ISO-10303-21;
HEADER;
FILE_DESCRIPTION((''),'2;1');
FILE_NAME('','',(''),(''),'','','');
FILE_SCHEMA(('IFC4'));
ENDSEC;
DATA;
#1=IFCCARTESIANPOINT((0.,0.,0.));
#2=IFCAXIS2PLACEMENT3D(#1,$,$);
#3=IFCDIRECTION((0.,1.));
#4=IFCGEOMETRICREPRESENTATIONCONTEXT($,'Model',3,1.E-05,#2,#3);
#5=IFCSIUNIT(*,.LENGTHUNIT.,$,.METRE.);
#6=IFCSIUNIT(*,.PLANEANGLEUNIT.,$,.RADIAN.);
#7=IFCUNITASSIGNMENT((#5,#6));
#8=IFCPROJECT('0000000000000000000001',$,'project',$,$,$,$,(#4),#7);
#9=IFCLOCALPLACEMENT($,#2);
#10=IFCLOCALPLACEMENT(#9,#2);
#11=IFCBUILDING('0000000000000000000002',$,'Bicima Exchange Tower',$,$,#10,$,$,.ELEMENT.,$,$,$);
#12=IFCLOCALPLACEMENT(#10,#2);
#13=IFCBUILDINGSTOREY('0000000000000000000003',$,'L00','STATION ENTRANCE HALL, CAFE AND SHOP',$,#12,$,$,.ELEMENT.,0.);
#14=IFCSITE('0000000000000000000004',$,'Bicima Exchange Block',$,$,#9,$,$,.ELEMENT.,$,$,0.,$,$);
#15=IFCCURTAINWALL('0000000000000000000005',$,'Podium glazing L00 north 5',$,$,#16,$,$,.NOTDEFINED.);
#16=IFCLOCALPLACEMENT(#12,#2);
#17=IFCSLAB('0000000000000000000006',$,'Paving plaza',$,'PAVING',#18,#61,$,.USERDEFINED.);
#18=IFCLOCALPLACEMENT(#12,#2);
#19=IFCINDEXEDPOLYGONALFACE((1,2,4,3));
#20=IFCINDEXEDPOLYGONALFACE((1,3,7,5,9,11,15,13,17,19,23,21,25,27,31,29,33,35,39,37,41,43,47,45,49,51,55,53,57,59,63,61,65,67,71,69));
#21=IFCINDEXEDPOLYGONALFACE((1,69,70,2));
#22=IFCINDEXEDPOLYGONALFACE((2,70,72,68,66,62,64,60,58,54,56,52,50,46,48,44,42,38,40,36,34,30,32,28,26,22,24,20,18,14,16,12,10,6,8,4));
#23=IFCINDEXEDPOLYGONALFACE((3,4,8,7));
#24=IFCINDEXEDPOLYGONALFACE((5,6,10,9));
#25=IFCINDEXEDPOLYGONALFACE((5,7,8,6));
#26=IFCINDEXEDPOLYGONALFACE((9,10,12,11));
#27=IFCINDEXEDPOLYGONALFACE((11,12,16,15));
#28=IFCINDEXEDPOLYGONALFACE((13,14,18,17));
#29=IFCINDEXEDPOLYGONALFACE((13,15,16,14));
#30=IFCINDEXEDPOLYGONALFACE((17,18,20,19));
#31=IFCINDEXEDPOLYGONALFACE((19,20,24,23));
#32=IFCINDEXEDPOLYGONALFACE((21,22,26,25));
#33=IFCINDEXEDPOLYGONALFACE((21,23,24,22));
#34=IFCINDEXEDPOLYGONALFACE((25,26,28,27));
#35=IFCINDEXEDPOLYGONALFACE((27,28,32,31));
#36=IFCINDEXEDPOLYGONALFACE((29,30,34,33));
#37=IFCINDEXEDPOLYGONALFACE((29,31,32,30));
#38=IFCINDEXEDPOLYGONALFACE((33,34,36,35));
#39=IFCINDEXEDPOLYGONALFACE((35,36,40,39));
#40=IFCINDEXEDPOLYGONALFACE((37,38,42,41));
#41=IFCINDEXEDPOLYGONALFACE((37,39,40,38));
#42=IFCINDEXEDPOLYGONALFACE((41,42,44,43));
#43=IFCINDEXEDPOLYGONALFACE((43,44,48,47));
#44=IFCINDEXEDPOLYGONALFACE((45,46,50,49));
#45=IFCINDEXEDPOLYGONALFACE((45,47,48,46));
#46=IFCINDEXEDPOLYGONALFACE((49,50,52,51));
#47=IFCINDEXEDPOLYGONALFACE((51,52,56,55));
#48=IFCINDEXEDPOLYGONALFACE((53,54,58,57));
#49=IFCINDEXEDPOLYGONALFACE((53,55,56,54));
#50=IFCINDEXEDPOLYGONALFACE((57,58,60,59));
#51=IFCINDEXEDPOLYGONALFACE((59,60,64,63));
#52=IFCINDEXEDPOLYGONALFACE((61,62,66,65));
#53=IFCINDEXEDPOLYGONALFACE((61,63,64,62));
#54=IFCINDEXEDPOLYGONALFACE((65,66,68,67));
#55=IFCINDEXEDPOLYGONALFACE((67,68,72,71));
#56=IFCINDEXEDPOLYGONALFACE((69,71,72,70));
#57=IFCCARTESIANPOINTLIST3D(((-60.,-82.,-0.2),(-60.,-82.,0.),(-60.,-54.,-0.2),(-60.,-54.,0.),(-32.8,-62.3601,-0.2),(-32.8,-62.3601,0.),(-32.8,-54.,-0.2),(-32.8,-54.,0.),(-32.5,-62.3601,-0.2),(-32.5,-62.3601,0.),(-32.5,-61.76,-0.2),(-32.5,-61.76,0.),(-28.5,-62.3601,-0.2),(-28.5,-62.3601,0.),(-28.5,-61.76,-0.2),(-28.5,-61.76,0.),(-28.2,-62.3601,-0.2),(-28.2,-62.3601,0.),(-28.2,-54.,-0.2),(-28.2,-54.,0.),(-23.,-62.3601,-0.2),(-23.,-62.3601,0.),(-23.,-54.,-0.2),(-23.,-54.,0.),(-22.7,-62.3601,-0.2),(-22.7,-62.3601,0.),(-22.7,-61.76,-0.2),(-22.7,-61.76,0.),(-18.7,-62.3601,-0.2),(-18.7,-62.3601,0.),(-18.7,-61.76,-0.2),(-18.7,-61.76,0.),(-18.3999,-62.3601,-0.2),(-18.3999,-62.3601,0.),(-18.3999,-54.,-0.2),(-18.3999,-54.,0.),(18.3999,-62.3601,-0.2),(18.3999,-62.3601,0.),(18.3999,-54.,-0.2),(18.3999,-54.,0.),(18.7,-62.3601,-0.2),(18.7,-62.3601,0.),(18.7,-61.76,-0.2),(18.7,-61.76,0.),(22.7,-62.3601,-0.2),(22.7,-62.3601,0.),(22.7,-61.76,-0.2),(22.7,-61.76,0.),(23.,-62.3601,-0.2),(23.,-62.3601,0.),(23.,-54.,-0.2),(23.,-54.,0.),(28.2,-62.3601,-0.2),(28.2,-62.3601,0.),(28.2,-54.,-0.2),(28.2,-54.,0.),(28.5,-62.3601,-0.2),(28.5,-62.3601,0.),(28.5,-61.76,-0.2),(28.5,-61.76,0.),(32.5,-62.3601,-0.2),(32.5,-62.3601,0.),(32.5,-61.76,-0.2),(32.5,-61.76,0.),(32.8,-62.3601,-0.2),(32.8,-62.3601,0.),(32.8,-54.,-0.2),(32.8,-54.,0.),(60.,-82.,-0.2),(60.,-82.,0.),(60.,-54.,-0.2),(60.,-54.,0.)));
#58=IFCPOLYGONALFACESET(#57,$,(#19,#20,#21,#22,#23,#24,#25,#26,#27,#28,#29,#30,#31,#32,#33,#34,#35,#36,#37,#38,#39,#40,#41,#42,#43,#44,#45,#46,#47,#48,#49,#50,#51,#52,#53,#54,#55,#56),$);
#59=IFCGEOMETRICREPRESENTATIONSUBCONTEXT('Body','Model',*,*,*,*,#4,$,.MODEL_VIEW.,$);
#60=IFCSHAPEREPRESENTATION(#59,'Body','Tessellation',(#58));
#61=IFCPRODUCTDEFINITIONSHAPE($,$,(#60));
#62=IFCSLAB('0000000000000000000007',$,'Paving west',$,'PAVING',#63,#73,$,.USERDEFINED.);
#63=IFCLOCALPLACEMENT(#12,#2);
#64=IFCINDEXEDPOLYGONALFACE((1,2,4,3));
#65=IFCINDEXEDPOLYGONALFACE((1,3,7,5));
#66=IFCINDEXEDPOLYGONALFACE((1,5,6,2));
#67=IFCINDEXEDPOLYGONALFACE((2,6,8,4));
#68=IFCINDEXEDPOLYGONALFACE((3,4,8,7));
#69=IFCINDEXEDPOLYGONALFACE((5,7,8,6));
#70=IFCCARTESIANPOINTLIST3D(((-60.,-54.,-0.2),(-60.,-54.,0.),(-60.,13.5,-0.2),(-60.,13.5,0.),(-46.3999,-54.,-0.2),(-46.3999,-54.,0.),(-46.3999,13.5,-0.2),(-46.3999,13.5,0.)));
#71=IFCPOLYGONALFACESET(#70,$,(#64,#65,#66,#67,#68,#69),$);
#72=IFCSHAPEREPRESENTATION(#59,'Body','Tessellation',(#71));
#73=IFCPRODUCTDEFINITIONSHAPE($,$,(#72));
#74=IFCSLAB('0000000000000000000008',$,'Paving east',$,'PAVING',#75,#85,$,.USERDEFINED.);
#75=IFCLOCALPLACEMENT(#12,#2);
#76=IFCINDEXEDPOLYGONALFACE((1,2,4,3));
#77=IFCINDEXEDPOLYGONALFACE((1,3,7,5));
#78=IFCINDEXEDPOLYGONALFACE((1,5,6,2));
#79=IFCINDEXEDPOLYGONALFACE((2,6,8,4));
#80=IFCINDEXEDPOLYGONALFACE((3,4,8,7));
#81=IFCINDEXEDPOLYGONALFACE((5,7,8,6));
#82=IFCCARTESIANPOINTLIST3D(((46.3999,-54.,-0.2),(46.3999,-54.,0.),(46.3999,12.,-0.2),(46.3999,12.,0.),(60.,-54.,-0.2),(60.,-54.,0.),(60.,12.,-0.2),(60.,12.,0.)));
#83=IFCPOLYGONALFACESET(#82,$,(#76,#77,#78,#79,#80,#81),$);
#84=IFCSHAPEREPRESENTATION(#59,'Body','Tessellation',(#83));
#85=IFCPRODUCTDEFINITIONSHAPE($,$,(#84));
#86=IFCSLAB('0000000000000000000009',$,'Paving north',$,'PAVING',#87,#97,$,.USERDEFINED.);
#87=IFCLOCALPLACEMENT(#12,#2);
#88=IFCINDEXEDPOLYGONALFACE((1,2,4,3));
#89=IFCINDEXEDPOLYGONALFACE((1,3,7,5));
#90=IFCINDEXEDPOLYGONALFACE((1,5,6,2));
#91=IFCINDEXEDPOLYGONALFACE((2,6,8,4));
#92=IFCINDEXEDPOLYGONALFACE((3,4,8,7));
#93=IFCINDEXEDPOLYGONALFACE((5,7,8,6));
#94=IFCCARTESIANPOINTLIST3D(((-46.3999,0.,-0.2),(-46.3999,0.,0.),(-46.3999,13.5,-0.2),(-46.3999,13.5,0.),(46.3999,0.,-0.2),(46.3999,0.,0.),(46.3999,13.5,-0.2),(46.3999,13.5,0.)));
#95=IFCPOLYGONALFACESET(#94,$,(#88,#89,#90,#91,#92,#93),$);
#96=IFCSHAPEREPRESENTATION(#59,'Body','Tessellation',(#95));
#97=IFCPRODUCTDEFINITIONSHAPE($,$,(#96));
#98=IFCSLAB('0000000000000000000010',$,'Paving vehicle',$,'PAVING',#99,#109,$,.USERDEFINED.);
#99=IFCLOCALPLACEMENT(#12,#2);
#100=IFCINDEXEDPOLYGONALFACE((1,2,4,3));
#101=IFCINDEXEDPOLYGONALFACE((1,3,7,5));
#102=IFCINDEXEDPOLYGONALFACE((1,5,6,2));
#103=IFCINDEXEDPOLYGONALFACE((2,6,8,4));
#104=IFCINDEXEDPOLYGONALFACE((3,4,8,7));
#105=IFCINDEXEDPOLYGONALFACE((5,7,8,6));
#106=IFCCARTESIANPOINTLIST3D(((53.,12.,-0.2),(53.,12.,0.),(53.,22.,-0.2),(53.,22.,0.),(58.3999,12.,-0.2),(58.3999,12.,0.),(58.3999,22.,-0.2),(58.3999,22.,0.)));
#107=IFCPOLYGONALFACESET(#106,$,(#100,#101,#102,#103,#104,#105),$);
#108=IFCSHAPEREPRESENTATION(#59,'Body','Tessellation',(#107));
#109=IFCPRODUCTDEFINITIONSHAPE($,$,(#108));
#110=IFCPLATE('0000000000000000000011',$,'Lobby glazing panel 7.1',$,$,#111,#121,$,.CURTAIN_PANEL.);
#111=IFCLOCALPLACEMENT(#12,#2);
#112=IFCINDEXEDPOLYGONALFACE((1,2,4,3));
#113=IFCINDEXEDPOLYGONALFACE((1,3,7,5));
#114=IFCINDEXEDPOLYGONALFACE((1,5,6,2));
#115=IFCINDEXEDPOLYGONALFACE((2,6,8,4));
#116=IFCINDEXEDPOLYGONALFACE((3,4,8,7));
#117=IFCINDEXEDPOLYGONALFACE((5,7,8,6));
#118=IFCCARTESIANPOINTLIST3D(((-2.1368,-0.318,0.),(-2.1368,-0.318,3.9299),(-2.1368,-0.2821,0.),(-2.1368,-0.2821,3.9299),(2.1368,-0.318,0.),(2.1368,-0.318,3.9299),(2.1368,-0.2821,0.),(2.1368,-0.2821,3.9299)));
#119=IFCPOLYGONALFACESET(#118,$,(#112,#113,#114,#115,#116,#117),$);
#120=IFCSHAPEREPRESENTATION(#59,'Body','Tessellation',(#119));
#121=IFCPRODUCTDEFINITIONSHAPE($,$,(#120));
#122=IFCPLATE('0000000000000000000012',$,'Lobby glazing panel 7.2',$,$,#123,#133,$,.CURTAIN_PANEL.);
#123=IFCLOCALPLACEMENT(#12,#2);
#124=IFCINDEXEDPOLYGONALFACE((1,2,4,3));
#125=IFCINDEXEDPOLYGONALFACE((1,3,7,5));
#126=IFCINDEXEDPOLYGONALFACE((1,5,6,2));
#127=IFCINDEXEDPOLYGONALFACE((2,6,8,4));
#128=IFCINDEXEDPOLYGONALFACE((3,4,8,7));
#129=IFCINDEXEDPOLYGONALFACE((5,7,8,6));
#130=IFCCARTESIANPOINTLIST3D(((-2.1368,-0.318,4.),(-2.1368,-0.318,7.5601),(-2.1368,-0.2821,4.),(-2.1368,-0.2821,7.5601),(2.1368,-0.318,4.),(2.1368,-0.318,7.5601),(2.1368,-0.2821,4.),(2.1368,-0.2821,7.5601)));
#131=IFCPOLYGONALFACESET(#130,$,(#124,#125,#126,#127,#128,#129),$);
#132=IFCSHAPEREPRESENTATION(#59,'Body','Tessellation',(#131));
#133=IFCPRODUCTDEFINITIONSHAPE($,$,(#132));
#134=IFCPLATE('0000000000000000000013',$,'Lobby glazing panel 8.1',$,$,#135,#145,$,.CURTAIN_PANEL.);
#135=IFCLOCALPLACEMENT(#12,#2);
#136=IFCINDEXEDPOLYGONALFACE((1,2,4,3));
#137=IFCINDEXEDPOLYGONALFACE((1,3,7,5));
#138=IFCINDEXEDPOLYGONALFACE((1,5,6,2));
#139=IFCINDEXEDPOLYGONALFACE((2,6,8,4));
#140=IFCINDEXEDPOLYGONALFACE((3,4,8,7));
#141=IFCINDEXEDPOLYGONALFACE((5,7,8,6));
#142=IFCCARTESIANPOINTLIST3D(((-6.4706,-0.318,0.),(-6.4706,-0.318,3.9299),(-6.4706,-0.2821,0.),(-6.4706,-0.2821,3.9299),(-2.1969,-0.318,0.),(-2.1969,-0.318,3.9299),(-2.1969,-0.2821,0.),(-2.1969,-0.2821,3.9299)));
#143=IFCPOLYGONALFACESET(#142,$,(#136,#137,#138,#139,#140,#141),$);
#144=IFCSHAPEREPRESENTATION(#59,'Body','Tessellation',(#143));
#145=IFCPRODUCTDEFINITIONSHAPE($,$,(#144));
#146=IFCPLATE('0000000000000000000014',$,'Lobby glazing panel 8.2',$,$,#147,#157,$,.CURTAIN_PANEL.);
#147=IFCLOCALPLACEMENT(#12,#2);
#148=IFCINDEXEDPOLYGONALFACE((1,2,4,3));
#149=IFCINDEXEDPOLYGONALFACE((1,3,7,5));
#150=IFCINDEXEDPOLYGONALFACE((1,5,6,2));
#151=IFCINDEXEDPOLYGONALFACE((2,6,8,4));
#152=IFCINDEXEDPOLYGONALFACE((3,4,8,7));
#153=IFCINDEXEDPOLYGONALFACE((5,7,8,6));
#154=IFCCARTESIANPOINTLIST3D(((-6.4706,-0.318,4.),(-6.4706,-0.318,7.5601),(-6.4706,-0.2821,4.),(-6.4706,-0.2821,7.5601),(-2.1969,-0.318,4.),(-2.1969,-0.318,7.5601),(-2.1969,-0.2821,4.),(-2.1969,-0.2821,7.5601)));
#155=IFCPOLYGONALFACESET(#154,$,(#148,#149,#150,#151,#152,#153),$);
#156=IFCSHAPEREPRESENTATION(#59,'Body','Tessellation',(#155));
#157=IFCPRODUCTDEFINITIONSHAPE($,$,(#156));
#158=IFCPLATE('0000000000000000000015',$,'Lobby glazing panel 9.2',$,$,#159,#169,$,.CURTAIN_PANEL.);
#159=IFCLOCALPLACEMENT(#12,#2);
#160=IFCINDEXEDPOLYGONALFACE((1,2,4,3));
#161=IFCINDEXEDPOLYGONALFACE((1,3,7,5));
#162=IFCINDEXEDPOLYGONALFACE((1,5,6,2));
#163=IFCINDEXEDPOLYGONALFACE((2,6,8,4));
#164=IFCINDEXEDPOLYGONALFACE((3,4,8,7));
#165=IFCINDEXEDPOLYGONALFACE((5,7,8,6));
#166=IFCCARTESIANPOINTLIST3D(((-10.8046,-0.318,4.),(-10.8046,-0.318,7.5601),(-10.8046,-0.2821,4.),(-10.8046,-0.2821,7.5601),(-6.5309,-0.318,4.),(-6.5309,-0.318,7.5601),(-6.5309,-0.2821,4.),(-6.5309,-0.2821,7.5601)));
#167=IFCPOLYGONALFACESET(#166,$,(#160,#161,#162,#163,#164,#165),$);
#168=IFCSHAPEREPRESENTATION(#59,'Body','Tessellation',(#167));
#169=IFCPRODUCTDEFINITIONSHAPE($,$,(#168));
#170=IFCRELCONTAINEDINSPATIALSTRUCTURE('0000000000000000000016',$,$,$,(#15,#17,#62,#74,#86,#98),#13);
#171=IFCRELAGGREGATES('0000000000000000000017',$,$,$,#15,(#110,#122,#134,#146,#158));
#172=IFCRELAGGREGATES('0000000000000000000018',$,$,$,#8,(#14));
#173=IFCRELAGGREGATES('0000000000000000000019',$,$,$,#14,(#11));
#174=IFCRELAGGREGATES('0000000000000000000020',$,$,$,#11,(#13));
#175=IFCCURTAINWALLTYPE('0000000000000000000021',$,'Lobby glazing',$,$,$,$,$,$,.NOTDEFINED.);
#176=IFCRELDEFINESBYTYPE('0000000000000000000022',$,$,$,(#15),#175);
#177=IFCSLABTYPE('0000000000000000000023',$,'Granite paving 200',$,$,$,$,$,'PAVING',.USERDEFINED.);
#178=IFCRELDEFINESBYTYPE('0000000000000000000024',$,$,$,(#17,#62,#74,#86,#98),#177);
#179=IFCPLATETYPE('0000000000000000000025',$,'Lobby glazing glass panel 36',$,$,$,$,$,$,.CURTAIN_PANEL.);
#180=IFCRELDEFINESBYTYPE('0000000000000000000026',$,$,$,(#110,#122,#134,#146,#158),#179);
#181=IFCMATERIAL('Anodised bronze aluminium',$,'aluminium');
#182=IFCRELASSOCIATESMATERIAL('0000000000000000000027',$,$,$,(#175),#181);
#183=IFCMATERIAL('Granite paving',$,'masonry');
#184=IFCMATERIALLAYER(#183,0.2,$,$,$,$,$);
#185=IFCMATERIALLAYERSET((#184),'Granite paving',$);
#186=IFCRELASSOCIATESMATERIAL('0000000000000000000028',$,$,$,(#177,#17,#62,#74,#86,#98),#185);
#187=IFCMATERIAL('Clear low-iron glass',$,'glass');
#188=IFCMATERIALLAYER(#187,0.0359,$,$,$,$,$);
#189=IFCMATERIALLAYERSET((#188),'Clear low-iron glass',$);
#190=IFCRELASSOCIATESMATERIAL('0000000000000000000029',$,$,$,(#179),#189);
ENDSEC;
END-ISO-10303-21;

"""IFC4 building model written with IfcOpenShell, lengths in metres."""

from ifc_helpers import new_model, si_unit, direction, frame, origin, origin_2d, place, context, subcontext, project, spatial, polyline, rectangle, outline, extrude, material, layer, layer_set, layer_usage, type_object, element, aggregate, save


model = new_model("IFC4")

# Units and contexts
model_context = context("Model", 3, precision=1e-05, world=origin(), true_north=direction((0.0, 1.0)))
body_context = subcontext(model_context, "Body", "Model", "MODEL_VIEW")
ifc_project = project(units=[si_unit("LENGTHUNIT", "METRE"), si_unit("PLANEANGLEUNIT", "RADIAN")], contexts=[model_context])

# Site, building, storey
site_placement = place(None, origin())
site = spatial("IfcSite", under=ifc_project, at=site_placement, Name="Bicima Exchange Block", CompositionType="ELEMENT", RefElevation=0.0)
building_placement = place(site_placement, origin())
building = spatial("IfcBuilding", under=site, at=building_placement, Name="Bicima Exchange Tower", CompositionType="ELEMENT")
storey_placement = place(building_placement, origin())
storey = spatial("IfcBuildingStorey", under=building, at=storey_placement, Name="L00", Description="STATION ENTRANCE HALL, CAFE AND SHOP", CompositionType="ELEMENT", Elevation=0.0)

# Curtain wall
ifc_material_1 = material(Name="Anodised bronze aluminium", Category="aluminium")
curtain_wall_type = type_object("IfcCurtainWallType", Name="Lobby glazing", PredefinedType="NOTDEFINED", material=ifc_material_1)
curtain_wall_placement = place(storey_placement, origin())
curtain_wall = element("IfcCurtainWall", 1, at=curtain_wall_placement, inside=storey, type_object=curtain_wall_type, Name="Podium glazing L00 north 5", PredefinedType="NOTDEFINED")

# Slabs
ifc_material_2 = material(Name="Granite paving", Category="masonry")
ifc_layer_1 = layer(ifc_material_2, 0.2)
ifc_layer_set_1 = layer_set([ifc_layer_1], Name="Granite paving")
ifc_layer_usage = layer_usage(ifc_layer_set_1, "AXIS3", "POSITIVE", 0.0)
slab_type_1 = type_object("IfcSlabType", Name="Granite paving 200", ElementType="PAVING", PredefinedType="USERDEFINED", material=ifc_layer_set_1)
slab_1_placement = place(storey_placement, frame((0.0, 0.0, -0.2)))
element("IfcSlab", 2, at=slab_1_placement, inside=storey, type_object=slab_type_1, material=ifc_layer_usage, Name="Paving plaza", ObjectType="PAVING", PredefinedType="USERDEFINED", context=body_context, shape_type="SweptSolid", body=[
    extrude(outline(polyline([(60.0, -54.0), (60.0, -82.0), (-60.0, -82.0), (-60.0, -54.0), (-32.8, -54.0), (-32.8, -62.3601), (-32.5, -62.3601), (-32.5, -61.76), (-28.5, -61.76), (-28.5, -62.3601), (-28.2, -62.3601), (-28.2, -54.0), (-23.0, -54.0), (-23.0, -62.3601), (-22.7, -62.3601), (-22.7, -61.76), (-18.7, -61.76), (-18.7, -62.3601), (-18.3999, -62.3601), (-18.3999, -54.0), (18.3999, -54.0), (18.3999, -62.3601), (18.7, -62.3601), (18.7, -61.76), (22.7, -61.76), (22.7, -62.3601), (23.0, -62.3601), (23.0, -54.0), (28.2, -54.0), (28.2, -62.3601), (28.5, -62.3601), (28.5, -61.76), (32.5, -61.76), (32.5, -62.3601), (32.8, -62.3601), (32.8, -54.0), (60.0, -54.0)])), origin(), (0.0, 0.0, 1.0), 0.2),
])
slab_2_placement = place(storey_placement, frame((0.0, 0.0, -0.2)))
element("IfcSlab", 3, at=slab_2_placement, inside=storey, type_object=slab_type_1, material=ifc_layer_usage, Name="Paving west", ObjectType="PAVING", PredefinedType="USERDEFINED", context=body_context, shape_type="SweptSolid", body=[
    extrude(outline(polyline([(-46.3999, -54.0), (-46.3999, 13.5), (-60.0, 13.5), (-60.0, -54.0), (-46.3999, -54.0)])), origin(), (0.0, 0.0, 1.0), 0.2),
])
slab_3_placement = place(storey_placement, frame((0.0, 0.0, -0.2)))
element("IfcSlab", 4, at=slab_3_placement, inside=storey, type_object=slab_type_1, material=ifc_layer_usage, Name="Paving east", ObjectType="PAVING", PredefinedType="USERDEFINED", context=body_context, shape_type="SweptSolid", body=[
    extrude(outline(polyline([(60.0, -54.0), (60.0, 12.0), (46.3999, 12.0), (46.3999, -54.0), (60.0, -54.0)])), origin(), (0.0, 0.0, 1.0), 0.2),
])
slab_4_placement = place(storey_placement, frame((0.0, 0.0, -0.2)))
element("IfcSlab", 5, at=slab_4_placement, inside=storey, type_object=slab_type_1, material=ifc_layer_usage, Name="Paving north", ObjectType="PAVING", PredefinedType="USERDEFINED", context=body_context, shape_type="SweptSolid", body=[
    extrude(outline(polyline([(46.3999, 0.0), (46.3999, 13.5), (-46.3999, 13.5), (-46.3999, 0.0), (46.3999, 0.0)])), origin(), (0.0, 0.0, 1.0), 0.2),
])
slab_5_placement = place(storey_placement, frame((0.0, 0.0, -0.2)))
element("IfcSlab", 6, at=slab_5_placement, inside=storey, type_object=slab_type_1, material=ifc_layer_usage, Name="Paving vehicle", ObjectType="PAVING", PredefinedType="USERDEFINED", context=body_context, shape_type="SweptSolid", body=[
    extrude(outline(polyline([(58.3999, 12.0), (58.3999, 22.0), (53.0, 22.0), (53.0, 12.0), (58.3999, 12.0)])), origin(), (0.0, 0.0, 1.0), 0.2),
])

# Plates
ifc_material_3 = material(Name="Clear low-iron glass", Category="glass")
ifc_layer_2 = layer(ifc_material_3, 0.0359)
ifc_layer_set_2 = layer_set([ifc_layer_2], Name="Clear low-iron glass")
plate_type = type_object("IfcPlateType", Name="Lobby glazing glass panel 36", PredefinedType="CURTAIN_PANEL", material=ifc_layer_set_2)
plate_1_placement = place(storey_placement, frame((0.0, -0.3, 0.0), z_axis=(0.0, 0.0, 1.0), x_axis=(-1.0, 0.0, 0.0)))
plate_1 = element("IfcPlate", 7, at=plate_1_placement, type_object=plate_type, Name="Lobby glazing panel 7.1", PredefinedType="CURTAIN_PANEL", context=body_context, shape_type="SweptSolid", body=[
    extrude(rectangle(XDim=4.2737, YDim=0.0359, at=origin_2d()), origin(), (0.0, 0.0, 1.0), 3.9299),
])
plate_2_placement = place(storey_placement, frame((0.0, -0.3, 4.0), z_axis=(0.0, 0.0, 1.0), x_axis=(-1.0, 0.0, 0.0)))
plate_2 = element("IfcPlate", 8, at=plate_2_placement, type_object=plate_type, Name="Lobby glazing panel 7.2", PredefinedType="CURTAIN_PANEL", context=body_context, shape_type="SweptSolid", body=[
    extrude(rectangle(XDim=4.2737, YDim=0.0359, at=origin_2d()), origin(), (0.0, 0.0, 1.0), 3.5601),
])
plate_3_placement = place(storey_placement, frame((-4.3337, -0.3, 0.0), z_axis=(0.0, 0.0, 1.0), x_axis=(-1.0, 0.0, 0.0)))
plate_3 = element("IfcPlate", 9, at=plate_3_placement, type_object=plate_type, Name="Lobby glazing panel 8.1", PredefinedType="CURTAIN_PANEL", context=body_context, shape_type="SweptSolid", body=[
    extrude(rectangle(XDim=4.2737, YDim=0.0359, at=origin_2d()), origin(), (0.0, 0.0, 1.0), 3.9299),
])
plate_4_placement = place(storey_placement, frame((-4.3337, -0.3, 4.0), z_axis=(0.0, 0.0, 1.0), x_axis=(-1.0, 0.0, 0.0)))
plate_4 = element("IfcPlate", 10, at=plate_4_placement, type_object=plate_type, Name="Lobby glazing panel 8.2", PredefinedType="CURTAIN_PANEL", context=body_context, shape_type="SweptSolid", body=[
    extrude(rectangle(XDim=4.2737, YDim=0.0359, at=origin_2d()), origin(), (0.0, 0.0, 1.0), 3.5601),
])
plate_5_placement = place(storey_placement, frame((-8.6677, -0.3, 4.0), z_axis=(0.0, 0.0, 1.0), x_axis=(-1.0, 0.0, 0.0)))
plate_5 = element("IfcPlate", 11, at=plate_5_placement, type_object=plate_type, Name="Lobby glazing panel 9.2", PredefinedType="CURTAIN_PANEL", context=body_context, shape_type="SweptSolid", body=[
    extrude(rectangle(XDim=4.2737, YDim=0.0359, at=origin_2d()), origin(), (0.0, 0.0, 1.0), 3.5601),
])
aggregate(curtain_wall, [plate_1, plate_2, plate_3, plate_4, plate_5])

save(model, "model.ifc")
